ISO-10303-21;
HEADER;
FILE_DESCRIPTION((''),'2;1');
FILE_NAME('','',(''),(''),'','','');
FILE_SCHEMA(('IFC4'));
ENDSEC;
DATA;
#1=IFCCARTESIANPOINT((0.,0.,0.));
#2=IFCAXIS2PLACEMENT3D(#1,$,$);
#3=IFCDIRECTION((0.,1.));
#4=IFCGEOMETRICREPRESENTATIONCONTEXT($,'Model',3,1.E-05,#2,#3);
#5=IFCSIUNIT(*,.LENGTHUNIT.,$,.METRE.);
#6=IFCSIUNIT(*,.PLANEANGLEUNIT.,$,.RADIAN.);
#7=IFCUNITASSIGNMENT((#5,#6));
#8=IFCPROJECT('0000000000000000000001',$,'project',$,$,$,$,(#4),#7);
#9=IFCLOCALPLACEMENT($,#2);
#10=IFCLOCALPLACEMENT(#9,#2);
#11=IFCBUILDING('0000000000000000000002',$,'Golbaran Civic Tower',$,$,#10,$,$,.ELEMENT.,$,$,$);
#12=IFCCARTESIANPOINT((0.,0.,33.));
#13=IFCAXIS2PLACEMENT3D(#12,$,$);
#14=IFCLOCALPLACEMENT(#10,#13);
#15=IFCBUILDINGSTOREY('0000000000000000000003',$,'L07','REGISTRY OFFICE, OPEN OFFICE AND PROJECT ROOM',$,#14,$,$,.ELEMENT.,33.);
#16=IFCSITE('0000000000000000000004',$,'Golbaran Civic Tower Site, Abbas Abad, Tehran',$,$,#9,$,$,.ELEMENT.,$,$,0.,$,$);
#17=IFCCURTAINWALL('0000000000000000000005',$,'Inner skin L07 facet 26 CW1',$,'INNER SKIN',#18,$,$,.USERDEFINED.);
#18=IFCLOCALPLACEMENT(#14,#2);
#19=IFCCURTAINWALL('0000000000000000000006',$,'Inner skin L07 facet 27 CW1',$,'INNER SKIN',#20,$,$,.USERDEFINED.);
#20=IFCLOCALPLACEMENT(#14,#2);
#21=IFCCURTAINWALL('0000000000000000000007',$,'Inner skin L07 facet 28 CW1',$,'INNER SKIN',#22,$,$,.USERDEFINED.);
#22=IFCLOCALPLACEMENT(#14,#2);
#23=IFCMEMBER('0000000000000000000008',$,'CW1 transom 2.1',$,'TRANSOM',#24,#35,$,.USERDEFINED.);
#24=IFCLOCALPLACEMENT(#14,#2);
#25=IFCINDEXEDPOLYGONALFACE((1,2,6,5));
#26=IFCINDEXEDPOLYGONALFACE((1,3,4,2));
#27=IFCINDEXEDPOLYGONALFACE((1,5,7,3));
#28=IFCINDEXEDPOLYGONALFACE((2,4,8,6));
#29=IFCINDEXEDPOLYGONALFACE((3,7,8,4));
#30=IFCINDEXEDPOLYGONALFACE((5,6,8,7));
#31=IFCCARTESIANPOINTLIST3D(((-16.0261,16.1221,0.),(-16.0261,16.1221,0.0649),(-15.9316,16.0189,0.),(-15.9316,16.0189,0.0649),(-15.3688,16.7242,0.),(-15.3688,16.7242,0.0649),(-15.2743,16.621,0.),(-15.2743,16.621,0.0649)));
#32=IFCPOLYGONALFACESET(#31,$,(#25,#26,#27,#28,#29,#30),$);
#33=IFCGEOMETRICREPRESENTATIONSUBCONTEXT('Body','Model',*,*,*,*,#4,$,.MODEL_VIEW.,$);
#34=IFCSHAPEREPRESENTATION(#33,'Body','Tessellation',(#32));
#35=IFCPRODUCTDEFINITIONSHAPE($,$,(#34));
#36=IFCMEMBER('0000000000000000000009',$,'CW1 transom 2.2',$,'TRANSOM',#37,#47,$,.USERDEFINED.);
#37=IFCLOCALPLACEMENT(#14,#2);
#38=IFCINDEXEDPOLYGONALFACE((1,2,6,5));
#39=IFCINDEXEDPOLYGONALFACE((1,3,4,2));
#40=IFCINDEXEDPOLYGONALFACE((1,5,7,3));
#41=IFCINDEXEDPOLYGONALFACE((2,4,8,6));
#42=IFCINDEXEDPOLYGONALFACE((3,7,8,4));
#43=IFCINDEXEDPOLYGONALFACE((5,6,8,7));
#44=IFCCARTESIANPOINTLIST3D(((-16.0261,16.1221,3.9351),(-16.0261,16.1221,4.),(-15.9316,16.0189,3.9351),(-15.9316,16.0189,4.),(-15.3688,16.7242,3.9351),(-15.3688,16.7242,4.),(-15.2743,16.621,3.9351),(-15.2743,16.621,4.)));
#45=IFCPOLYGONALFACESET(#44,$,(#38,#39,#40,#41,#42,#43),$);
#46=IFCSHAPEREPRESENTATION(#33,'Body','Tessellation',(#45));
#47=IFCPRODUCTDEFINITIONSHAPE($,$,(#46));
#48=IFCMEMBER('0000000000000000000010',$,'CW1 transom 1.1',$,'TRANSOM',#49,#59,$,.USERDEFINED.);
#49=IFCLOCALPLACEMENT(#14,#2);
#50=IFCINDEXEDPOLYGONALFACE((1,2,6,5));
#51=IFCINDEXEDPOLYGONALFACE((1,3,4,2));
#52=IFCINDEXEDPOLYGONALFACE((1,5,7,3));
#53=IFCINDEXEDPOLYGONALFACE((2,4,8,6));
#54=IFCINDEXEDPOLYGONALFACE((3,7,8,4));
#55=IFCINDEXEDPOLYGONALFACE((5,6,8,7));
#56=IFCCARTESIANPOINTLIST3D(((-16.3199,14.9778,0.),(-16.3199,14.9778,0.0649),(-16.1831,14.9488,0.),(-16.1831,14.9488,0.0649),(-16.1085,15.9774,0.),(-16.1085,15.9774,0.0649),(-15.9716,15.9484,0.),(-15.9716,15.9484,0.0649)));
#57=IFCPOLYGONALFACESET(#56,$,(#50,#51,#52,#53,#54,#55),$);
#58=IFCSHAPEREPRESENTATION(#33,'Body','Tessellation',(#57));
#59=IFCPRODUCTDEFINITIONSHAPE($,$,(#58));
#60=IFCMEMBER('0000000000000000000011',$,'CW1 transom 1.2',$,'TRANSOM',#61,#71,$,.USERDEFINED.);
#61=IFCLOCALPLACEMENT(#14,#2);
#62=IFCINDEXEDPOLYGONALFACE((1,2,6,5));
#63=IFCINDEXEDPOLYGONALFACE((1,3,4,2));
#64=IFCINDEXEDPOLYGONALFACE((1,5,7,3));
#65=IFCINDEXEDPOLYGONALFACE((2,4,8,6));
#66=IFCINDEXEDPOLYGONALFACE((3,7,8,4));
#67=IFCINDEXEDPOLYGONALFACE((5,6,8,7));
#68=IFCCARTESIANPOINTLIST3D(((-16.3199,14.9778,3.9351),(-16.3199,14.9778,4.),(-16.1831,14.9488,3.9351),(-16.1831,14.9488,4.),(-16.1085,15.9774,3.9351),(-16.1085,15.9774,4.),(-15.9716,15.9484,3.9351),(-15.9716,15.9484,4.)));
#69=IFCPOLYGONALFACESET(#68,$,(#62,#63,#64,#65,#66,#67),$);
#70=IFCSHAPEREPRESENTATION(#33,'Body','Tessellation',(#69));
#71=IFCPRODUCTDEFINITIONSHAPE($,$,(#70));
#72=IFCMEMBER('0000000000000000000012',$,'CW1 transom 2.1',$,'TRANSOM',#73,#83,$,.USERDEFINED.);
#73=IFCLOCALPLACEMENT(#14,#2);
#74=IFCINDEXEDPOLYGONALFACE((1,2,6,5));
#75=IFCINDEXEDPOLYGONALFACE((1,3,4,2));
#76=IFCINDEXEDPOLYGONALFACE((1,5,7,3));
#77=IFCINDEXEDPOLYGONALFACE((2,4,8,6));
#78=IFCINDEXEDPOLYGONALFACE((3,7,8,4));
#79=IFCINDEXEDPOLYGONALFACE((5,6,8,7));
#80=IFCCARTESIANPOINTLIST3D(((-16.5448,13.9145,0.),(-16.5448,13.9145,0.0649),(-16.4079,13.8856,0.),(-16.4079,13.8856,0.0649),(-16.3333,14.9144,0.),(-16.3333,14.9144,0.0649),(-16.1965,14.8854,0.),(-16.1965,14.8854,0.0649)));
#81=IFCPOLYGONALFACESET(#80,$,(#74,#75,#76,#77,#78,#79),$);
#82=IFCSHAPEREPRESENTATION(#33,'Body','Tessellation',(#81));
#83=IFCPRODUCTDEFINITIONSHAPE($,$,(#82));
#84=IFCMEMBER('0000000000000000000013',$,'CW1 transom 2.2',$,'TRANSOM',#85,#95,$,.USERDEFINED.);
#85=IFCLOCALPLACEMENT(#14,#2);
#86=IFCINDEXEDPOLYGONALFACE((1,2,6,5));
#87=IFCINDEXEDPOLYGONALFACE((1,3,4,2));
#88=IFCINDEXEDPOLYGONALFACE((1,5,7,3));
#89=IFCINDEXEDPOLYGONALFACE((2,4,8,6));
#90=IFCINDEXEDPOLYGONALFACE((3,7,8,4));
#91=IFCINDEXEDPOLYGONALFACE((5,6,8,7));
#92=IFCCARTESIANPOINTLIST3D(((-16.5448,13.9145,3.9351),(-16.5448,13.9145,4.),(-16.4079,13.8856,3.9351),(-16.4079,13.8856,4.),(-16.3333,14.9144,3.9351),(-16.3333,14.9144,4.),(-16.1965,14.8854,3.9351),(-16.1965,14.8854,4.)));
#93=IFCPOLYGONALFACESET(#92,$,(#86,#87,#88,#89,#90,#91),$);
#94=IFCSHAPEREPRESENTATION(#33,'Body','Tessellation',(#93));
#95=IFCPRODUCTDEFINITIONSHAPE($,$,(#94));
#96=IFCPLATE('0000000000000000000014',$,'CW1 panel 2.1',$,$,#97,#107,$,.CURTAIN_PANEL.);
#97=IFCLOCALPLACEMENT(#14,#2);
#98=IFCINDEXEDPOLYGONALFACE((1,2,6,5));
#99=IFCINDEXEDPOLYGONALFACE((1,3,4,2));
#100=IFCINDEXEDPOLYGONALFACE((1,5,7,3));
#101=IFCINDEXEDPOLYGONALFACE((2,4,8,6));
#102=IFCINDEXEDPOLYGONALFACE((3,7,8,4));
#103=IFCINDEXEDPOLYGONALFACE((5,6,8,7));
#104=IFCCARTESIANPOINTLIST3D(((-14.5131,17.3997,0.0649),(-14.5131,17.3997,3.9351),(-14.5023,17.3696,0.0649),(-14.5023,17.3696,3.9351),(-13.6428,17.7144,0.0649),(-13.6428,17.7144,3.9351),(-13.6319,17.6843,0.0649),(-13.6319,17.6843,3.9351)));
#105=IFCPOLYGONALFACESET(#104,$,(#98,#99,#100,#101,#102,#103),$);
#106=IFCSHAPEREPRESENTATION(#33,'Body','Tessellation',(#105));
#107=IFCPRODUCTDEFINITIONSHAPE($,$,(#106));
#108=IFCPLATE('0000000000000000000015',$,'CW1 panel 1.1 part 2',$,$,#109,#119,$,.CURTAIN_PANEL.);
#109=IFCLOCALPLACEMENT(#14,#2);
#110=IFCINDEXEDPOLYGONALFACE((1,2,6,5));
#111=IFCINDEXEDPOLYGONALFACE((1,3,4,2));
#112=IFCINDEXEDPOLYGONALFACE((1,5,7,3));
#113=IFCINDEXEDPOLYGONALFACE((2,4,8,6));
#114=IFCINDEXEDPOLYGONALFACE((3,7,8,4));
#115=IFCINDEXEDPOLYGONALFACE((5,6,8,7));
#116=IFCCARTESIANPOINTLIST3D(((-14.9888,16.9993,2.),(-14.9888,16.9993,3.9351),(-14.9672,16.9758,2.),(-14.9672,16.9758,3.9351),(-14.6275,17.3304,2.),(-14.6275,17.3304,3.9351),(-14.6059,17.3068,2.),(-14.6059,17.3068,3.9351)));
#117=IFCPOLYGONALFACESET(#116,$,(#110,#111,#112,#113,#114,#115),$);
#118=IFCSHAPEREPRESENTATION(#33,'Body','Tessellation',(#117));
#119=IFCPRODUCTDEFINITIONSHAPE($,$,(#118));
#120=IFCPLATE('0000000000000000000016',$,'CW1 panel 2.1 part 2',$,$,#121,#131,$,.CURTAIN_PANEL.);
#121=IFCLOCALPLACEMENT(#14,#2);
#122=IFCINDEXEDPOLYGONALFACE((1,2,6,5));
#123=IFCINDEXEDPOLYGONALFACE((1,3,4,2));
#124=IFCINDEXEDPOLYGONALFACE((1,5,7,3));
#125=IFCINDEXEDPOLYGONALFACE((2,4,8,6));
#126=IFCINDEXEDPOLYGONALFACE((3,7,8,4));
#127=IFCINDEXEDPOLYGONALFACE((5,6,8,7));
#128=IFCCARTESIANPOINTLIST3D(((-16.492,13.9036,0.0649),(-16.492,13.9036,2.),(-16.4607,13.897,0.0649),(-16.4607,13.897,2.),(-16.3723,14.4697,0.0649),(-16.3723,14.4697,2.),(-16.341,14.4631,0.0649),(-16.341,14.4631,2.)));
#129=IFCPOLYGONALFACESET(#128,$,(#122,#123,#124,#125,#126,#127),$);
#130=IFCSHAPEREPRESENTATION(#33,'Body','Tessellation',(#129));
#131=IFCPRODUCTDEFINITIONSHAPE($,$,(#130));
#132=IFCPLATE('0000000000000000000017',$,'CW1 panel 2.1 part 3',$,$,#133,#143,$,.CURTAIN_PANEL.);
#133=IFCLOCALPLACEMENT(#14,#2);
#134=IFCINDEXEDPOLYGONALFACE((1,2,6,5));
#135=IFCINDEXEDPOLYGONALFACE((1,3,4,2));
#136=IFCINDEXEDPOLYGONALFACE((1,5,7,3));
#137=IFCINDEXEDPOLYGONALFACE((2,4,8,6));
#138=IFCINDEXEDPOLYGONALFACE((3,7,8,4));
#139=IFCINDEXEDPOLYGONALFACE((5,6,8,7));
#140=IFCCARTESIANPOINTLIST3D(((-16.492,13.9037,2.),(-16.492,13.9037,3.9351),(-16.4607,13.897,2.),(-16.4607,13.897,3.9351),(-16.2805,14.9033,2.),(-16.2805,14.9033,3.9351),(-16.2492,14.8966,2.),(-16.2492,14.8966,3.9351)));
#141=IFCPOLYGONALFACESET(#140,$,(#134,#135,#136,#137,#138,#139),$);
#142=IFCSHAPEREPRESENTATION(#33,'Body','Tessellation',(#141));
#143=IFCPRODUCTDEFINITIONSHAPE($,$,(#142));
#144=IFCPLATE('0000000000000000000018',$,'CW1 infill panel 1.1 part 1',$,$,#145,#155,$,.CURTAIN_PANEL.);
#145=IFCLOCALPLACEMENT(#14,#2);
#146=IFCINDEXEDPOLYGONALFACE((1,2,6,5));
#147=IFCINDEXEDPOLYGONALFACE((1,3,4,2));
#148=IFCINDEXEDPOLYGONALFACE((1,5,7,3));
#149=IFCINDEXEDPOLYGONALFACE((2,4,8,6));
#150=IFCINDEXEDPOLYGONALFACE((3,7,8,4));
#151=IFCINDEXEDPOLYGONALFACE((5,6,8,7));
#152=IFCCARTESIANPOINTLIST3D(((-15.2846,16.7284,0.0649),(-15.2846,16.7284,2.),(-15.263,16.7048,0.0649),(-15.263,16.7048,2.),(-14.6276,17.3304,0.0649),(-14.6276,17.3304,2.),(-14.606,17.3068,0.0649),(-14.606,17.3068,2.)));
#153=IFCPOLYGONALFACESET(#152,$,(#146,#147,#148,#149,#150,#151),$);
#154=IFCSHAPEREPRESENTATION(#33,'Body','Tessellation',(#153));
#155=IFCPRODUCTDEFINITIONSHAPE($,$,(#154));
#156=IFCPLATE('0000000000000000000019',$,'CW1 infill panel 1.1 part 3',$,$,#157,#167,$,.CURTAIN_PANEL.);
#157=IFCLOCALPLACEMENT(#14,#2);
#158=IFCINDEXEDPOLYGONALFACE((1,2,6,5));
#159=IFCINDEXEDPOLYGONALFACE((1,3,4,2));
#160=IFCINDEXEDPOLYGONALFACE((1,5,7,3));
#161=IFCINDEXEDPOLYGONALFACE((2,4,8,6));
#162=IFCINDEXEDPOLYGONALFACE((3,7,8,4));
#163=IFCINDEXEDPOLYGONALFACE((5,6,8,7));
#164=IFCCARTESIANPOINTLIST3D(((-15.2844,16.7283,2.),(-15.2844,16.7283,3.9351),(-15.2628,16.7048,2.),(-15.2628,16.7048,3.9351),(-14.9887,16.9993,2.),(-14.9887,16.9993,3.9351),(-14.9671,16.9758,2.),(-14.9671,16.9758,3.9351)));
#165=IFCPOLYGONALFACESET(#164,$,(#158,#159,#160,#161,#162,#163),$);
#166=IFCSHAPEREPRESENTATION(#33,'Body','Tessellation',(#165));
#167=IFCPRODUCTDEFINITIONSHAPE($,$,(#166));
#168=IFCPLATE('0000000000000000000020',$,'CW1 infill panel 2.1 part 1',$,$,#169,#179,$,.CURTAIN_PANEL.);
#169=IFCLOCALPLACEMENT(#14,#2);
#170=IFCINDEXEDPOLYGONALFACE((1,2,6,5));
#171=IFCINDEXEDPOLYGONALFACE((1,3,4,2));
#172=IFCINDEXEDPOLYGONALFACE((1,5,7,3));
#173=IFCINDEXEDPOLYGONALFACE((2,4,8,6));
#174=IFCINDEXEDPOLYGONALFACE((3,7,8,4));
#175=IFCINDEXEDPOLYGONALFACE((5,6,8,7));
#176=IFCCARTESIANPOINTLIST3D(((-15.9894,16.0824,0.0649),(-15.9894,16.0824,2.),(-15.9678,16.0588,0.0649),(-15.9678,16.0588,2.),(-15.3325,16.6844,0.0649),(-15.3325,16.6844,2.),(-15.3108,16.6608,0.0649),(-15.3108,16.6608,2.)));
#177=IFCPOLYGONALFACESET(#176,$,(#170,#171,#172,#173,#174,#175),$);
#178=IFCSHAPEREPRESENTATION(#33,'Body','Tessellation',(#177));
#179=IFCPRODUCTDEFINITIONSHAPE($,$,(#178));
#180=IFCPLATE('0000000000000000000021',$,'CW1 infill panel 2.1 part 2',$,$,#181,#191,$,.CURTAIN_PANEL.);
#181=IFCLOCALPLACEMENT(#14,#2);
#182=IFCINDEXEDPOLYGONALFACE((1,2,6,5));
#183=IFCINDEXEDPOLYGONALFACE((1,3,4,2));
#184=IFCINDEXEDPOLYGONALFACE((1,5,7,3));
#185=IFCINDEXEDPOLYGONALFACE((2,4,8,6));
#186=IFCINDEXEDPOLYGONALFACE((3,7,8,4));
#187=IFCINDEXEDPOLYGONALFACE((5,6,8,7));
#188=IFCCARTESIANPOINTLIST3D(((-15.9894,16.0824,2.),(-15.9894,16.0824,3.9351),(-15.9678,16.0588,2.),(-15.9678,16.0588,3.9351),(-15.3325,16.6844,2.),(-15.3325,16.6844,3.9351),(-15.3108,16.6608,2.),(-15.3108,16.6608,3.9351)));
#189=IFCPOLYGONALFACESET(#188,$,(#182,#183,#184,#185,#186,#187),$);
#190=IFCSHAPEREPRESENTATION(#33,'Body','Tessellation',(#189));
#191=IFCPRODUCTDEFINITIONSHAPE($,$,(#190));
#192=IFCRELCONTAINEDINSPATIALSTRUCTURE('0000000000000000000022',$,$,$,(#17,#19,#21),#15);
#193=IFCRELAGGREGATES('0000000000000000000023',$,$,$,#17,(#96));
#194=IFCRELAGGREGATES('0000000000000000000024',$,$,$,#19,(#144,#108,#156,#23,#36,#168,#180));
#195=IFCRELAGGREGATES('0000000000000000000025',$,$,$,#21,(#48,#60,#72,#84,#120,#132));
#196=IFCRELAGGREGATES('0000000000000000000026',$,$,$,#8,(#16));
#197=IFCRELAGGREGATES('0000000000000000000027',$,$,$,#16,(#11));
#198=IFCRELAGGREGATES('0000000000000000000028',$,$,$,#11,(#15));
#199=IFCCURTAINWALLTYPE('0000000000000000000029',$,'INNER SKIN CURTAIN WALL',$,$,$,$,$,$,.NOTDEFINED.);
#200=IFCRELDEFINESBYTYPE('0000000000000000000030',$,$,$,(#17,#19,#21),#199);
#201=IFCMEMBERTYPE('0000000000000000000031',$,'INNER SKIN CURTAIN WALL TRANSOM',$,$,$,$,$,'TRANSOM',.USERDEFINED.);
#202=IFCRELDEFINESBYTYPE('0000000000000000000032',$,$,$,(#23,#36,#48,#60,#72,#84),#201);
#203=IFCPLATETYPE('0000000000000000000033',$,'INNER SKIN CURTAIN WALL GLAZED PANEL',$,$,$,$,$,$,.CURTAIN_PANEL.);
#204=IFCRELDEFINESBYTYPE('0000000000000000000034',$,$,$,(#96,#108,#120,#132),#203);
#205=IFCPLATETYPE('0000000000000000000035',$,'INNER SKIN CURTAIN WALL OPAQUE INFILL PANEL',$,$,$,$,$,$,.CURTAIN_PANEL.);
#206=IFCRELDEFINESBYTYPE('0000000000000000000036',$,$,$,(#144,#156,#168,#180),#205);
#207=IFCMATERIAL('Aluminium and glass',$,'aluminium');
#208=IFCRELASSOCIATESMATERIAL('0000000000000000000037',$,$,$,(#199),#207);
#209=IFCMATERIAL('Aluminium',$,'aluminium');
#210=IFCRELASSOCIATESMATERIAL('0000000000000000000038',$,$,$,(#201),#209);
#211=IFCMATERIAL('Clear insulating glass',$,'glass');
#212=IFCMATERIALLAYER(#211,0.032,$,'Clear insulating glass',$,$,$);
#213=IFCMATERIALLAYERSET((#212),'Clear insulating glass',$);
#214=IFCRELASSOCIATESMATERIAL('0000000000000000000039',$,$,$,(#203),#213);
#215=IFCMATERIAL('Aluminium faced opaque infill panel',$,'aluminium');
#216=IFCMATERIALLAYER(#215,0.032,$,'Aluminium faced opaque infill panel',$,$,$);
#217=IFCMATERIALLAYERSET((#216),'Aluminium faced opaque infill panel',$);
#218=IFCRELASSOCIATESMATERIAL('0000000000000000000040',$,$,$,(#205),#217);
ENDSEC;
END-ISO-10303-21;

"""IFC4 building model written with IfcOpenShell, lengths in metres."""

from ifc_helpers import new_model, si_unit, direction, frame, origin, origin_2d, place, context, subcontext, project, spatial, rectangle, extrude, material, layer, layer_set, material_profile, profile_set, type_object, element, aggregate, save


model = new_model("IFC4")

# Units and contexts
model_context = context("Model", 3, precision=1e-05, world=origin(), true_north=direction((0.0, 1.0)))
body_context = subcontext(model_context, "Body", "Model", "MODEL_VIEW")
ifc_project = project(units=[si_unit("LENGTHUNIT", "METRE"), si_unit("PLANEANGLEUNIT", "RADIAN")], contexts=[model_context])

# Site, building, storey
site_placement = place(None, origin())
site = spatial("IfcSite", under=ifc_project, at=site_placement, Name="Golbaran Civic Tower Site, Abbas Abad, Tehran", CompositionType="ELEMENT", RefElevation=0.0)
building_placement = place(site_placement, origin())
building = spatial("IfcBuilding", under=site, at=building_placement, Name="Golbaran Civic Tower", CompositionType="ELEMENT")
storey_placement = place(building_placement, frame((0.0, 0.0, 33.0)))
storey = spatial("IfcBuildingStorey", under=building, at=storey_placement, Name="L07", Description="REGISTRY OFFICE, OPEN OFFICE AND PROJECT ROOM", CompositionType="ELEMENT", Elevation=33.0)

# Curtain wall
ifc_material_1 = material(Name="Aluminium and glass", Category="aluminium")
curtain_wall_type = type_object("IfcCurtainWallType", Name="INNER SKIN CURTAIN WALL", PredefinedType="NOTDEFINED", material=ifc_material_1)
curtain_wall_1_placement = place(storey_placement, origin())
curtain_wall_1 = element("IfcCurtainWall", 1, at=curtain_wall_1_placement, inside=storey, type_object=curtain_wall_type, Name="Inner skin L07 facet 26 CW1", ObjectType="INNER SKIN", PredefinedType="USERDEFINED")
ifc_material_2 = material(Name="Aluminium", Category="aluminium")

# Curtain walls
curtain_wall_2_placement = place(storey_placement, origin())
curtain_wall_2 = element("IfcCurtainWall", 2, at=curtain_wall_2_placement, inside=storey, type_object=curtain_wall_type, Name="Inner skin L07 facet 27 CW1", ObjectType="INNER SKIN", PredefinedType="USERDEFINED")
curtain_wall_3_placement = place(storey_placement, origin())
curtain_wall_3 = element("IfcCurtainWall", 3, at=curtain_wall_3_placement, inside=storey, type_object=curtain_wall_type, Name="Inner skin L07 facet 28 CW1", ObjectType="INNER SKIN", PredefinedType="USERDEFINED")

# Members
ifc_material_profile_1 = material_profile(ifc_material_2, rectangle(XDim=0.1399, YDim=0.0649, at=origin_2d()), Name="INNER SKIN CURTAIN WALL TRANSOM")
ifc_profile_set_1 = profile_set([ifc_material_profile_1], Name="Aluminium")
member_type_1 = type_object("IfcMemberType", Name="INNER SKIN CURTAIN WALL TRANSOM", ElementType="TRANSOM", PredefinedType="USERDEFINED", material=ifc_profile_set_1)
member_1_placement = place(storey_placement, frame((-15.3215, 16.6726, 0.0325), z_axis=(-0.737382, -0.675477, 0.0), x_axis=(0.675477, -0.737382, 0.0)))
member_1 = element("IfcMember", 4, at=member_1_placement, type_object=member_type_1, Name="CW1 transom 2.1", ObjectType="TRANSOM", PredefinedType="USERDEFINED", context=body_context, shape_type="SweptSolid", body=[
    extrude(rectangle(XDim=0.1399, YDim=0.0649, at=origin_2d()), origin(), (0.0, 0.0, 1.0), 0.8914),
])
member_2_placement = place(storey_placement, frame((-15.3215, 16.6726, 3.9675), z_axis=(-0.737382, -0.675477, 0.0), x_axis=(0.675477, -0.737382, 0.0)))
member_2 = element("IfcMember", 5, at=member_2_placement, type_object=member_type_1, Name="CW1 transom 2.2", ObjectType="TRANSOM", PredefinedType="USERDEFINED", context=body_context, shape_type="SweptSolid", body=[
    extrude(rectangle(XDim=0.1399, YDim=0.0649, at=origin_2d()), origin(), (0.0, 0.0, 1.0), 0.8914),
])
member_3_placement = place(storey_placement, frame((-16.04, 15.9629, 0.0325), z_axis=(-0.20695, -0.978352, 0.0), x_axis=(0.978352, -0.20695, 0.0)))
member_3 = element("IfcMember", 6, at=member_3_placement, type_object=member_type_1, Name="CW1 transom 1.1", ObjectType="TRANSOM", PredefinedType="USERDEFINED", context=body_context, shape_type="SweptSolid", body=[
    extrude(rectangle(XDim=0.1399, YDim=0.0649, at=origin_2d()), origin(), (0.0, 0.0, 1.0), 1.0217),
])
member_4_placement = place(storey_placement, frame((-16.04, 15.9629, 3.9675), z_axis=(-0.20695, -0.978352, 0.0), x_axis=(0.978352, -0.20695, 0.0)))
member_4 = element("IfcMember", 7, at=member_4_placement, type_object=member_type_1, Name="CW1 transom 1.2", ObjectType="TRANSOM", PredefinedType="USERDEFINED", context=body_context, shape_type="SweptSolid", body=[
    extrude(rectangle(XDim=0.1399, YDim=0.0649, at=origin_2d()), origin(), (0.0, 0.0, 1.0), 1.0217),
])
member_5_placement = place(storey_placement, frame((-16.2649, 14.8999, 0.0325), z_axis=(-0.206901, -0.978362, 0.0), x_axis=(0.978362, -0.206901, 0.0)))
member_5 = element("IfcMember", 8, at=member_5_placement, type_object=member_type_1, Name="CW1 transom 2.1", ObjectType="TRANSOM", PredefinedType="USERDEFINED", context=body_context, shape_type="SweptSolid", body=[
    extrude(rectangle(XDim=0.1399, YDim=0.0649, at=origin_2d()), origin(), (0.0, 0.0, 1.0), 1.022),
])
member_6_placement = place(storey_placement, frame((-16.2649, 14.8999, 3.9675), z_axis=(-0.206901, -0.978362, 0.0), x_axis=(0.978362, -0.206901, 0.0)))
member_6 = element("IfcMember", 9, at=member_6_placement, type_object=member_type_1, Name="CW1 transom 2.2", ObjectType="TRANSOM", PredefinedType="USERDEFINED", context=body_context, shape_type="SweptSolid", body=[
    extrude(rectangle(XDim=0.1399, YDim=0.0649, at=origin_2d()), origin(), (0.0, 0.0, 1.0), 1.022),
])

# Plates
ifc_material_3 = material(Name="Clear insulating glass", Category="glass")
ifc_layer_1 = layer(ifc_material_3, 0.032, Name="Clear insulating glass")
ifc_layer_set_1 = layer_set([ifc_layer_1], Name="Clear insulating glass")
plate_type_1 = type_object("IfcPlateType", Name="INNER SKIN CURTAIN WALL GLAZED PANEL", PredefinedType="CURTAIN_PANEL", material=ifc_layer_set_1)
plate_1_placement = place(storey_placement, frame((-14.0725, 17.542, 0.0649), z_axis=(0.0, 0.0, 1.0), x_axis=(-0.940409, -0.340045, 0.0)))
plate_1 = element("IfcPlate", 10, at=plate_1_placement, type_object=plate_type_1, Name="CW1 panel 2.1", PredefinedType="CURTAIN_PANEL", context=body_context, shape_type="SweptSolid", body=[
    extrude(rectangle(XDim=0.9255, YDim=0.032, at=origin_2d()), origin(), (0.0, 0.0, 1.0), 3.8701),
])
aggregate(curtain_wall_1, [plate_1])
plate_2_placement = place(storey_placement, frame((-14.7974, 17.1531, 2.0), z_axis=(0.0, 0.0, 1.0), x_axis=(-0.737277, -0.67559, 0.0)))
plate_2 = element("IfcPlate", 11, at=plate_2_placement, type_object=plate_type_1, Name="CW1 panel 1.1 part 2", PredefinedType="CURTAIN_PANEL", context=body_context, shape_type="SweptSolid", body=[
    extrude(rectangle(XDim=0.49, YDim=0.032, at=origin_2d()), origin(), (0.0, 0.0, 1.0), 1.9351),
])
plate_3_placement = place(storey_placement, frame((-16.4165, 14.1833, 0.0649), z_axis=(0.0, 0.0, 1.0), x_axis=(-0.206977, -0.978346, 0.0)))
plate_3 = element("IfcPlate", 12, at=plate_3_placement, type_object=plate_type_1, Name="CW1 panel 2.1 part 2", PredefinedType="CURTAIN_PANEL", context=body_context, shape_type="SweptSolid", body=[
    extrude(rectangle(XDim=0.5786, YDim=0.032, at=origin_2d()), origin(), (0.0, 0.0, 1.0), 1.9351),
])
plate_4_placement = place(storey_placement, frame((-16.3706, 14.4001, 2.0), z_axis=(0.0, 0.0, 1.0), x_axis=(-0.206977, -0.978346, 0.0)))
plate_4 = element("IfcPlate", 13, at=plate_4_placement, type_object=plate_type_1, Name="CW1 panel 2.1 part 3", PredefinedType="CURTAIN_PANEL", context=body_context, shape_type="SweptSolid", body=[
    extrude(rectangle(XDim=1.0217, YDim=0.032, at=origin_2d()), origin(), (0.0, 0.0, 1.0), 1.9351),
])
ifc_material_4 = material(Name="Aluminium faced opaque infill panel", Category="aluminium")
ifc_layer_2 = layer(ifc_material_4, 0.032, Name="Aluminium faced opaque infill panel")
ifc_layer_set_2 = layer_set([ifc_layer_2], Name="Aluminium faced opaque infill panel")
plate_type_2 = type_object("IfcPlateType", Name="INNER SKIN CURTAIN WALL OPAQUE INFILL PANEL", PredefinedType="CURTAIN_PANEL", material=ifc_layer_set_2)
plate_5_placement = place(storey_placement, frame((-14.9453, 17.0176, 0.0649), z_axis=(0.0, 0.0, 1.0), x_axis=(-0.737277, -0.67559, 0.0)))
plate_5 = element("IfcPlate", 14, at=plate_5_placement, type_object=plate_type_2, Name="CW1 infill panel 1.1 part 1", PredefinedType="CURTAIN_PANEL", context=body_context, shape_type="SweptSolid", body=[
    extrude(rectangle(XDim=0.8911, YDim=0.032, at=origin_2d()), origin(), (0.0, 0.0, 1.0), 1.9351),
])
plate_6_placement = place(storey_placement, frame((-15.1257, 16.8521, 2.0), z_axis=(0.0, 0.0, 1.0), x_axis=(-0.737277, -0.67559, 0.0)))
plate_6 = element("IfcPlate", 15, at=plate_6_placement, type_object=plate_type_2, Name="CW1 infill panel 1.1 part 3", PredefinedType="CURTAIN_PANEL", context=body_context, shape_type="SweptSolid", body=[
    extrude(rectangle(XDim=0.4011, YDim=0.032, at=origin_2d()), origin(), (0.0, 0.0, 1.0), 1.9351),
])
plate_7_placement = place(storey_placement, frame((-15.6501, 16.3716, 0.0649), z_axis=(0.0, 0.0, 1.0), x_axis=(-0.737277, -0.67559, 0.0)))
plate_7 = element("IfcPlate", 16, at=plate_7_placement, type_object=plate_type_2, Name="CW1 infill panel 2.1 part 1", PredefinedType="CURTAIN_PANEL", context=body_context, shape_type="SweptSolid", body=[
    extrude(rectangle(XDim=0.8911, YDim=0.032, at=origin_2d()), origin(), (0.0, 0.0, 1.0), 1.9351),
])
plate_8_placement = place(storey_placement, frame((-15.6501, 16.3716, 2.0), z_axis=(0.0, 0.0, 1.0), x_axis=(-0.737277, -0.67559, 0.0)))
plate_8 = element("IfcPlate", 17, at=plate_8_placement, type_object=plate_type_2, Name="CW1 infill panel 2.1 part 2", PredefinedType="CURTAIN_PANEL", context=body_context, shape_type="SweptSolid", body=[
    extrude(rectangle(XDim=0.8911, YDim=0.032, at=origin_2d()), origin(), (0.0, 0.0, 1.0), 1.9351),
])
aggregate(curtain_wall_2, [plate_5, plate_2, plate_6, member_1, member_2, plate_7, plate_8])
aggregate(curtain_wall_3, [member_3, member_4, member_5, member_6, plate_3, plate_4])

save(model, "model.ifc")
